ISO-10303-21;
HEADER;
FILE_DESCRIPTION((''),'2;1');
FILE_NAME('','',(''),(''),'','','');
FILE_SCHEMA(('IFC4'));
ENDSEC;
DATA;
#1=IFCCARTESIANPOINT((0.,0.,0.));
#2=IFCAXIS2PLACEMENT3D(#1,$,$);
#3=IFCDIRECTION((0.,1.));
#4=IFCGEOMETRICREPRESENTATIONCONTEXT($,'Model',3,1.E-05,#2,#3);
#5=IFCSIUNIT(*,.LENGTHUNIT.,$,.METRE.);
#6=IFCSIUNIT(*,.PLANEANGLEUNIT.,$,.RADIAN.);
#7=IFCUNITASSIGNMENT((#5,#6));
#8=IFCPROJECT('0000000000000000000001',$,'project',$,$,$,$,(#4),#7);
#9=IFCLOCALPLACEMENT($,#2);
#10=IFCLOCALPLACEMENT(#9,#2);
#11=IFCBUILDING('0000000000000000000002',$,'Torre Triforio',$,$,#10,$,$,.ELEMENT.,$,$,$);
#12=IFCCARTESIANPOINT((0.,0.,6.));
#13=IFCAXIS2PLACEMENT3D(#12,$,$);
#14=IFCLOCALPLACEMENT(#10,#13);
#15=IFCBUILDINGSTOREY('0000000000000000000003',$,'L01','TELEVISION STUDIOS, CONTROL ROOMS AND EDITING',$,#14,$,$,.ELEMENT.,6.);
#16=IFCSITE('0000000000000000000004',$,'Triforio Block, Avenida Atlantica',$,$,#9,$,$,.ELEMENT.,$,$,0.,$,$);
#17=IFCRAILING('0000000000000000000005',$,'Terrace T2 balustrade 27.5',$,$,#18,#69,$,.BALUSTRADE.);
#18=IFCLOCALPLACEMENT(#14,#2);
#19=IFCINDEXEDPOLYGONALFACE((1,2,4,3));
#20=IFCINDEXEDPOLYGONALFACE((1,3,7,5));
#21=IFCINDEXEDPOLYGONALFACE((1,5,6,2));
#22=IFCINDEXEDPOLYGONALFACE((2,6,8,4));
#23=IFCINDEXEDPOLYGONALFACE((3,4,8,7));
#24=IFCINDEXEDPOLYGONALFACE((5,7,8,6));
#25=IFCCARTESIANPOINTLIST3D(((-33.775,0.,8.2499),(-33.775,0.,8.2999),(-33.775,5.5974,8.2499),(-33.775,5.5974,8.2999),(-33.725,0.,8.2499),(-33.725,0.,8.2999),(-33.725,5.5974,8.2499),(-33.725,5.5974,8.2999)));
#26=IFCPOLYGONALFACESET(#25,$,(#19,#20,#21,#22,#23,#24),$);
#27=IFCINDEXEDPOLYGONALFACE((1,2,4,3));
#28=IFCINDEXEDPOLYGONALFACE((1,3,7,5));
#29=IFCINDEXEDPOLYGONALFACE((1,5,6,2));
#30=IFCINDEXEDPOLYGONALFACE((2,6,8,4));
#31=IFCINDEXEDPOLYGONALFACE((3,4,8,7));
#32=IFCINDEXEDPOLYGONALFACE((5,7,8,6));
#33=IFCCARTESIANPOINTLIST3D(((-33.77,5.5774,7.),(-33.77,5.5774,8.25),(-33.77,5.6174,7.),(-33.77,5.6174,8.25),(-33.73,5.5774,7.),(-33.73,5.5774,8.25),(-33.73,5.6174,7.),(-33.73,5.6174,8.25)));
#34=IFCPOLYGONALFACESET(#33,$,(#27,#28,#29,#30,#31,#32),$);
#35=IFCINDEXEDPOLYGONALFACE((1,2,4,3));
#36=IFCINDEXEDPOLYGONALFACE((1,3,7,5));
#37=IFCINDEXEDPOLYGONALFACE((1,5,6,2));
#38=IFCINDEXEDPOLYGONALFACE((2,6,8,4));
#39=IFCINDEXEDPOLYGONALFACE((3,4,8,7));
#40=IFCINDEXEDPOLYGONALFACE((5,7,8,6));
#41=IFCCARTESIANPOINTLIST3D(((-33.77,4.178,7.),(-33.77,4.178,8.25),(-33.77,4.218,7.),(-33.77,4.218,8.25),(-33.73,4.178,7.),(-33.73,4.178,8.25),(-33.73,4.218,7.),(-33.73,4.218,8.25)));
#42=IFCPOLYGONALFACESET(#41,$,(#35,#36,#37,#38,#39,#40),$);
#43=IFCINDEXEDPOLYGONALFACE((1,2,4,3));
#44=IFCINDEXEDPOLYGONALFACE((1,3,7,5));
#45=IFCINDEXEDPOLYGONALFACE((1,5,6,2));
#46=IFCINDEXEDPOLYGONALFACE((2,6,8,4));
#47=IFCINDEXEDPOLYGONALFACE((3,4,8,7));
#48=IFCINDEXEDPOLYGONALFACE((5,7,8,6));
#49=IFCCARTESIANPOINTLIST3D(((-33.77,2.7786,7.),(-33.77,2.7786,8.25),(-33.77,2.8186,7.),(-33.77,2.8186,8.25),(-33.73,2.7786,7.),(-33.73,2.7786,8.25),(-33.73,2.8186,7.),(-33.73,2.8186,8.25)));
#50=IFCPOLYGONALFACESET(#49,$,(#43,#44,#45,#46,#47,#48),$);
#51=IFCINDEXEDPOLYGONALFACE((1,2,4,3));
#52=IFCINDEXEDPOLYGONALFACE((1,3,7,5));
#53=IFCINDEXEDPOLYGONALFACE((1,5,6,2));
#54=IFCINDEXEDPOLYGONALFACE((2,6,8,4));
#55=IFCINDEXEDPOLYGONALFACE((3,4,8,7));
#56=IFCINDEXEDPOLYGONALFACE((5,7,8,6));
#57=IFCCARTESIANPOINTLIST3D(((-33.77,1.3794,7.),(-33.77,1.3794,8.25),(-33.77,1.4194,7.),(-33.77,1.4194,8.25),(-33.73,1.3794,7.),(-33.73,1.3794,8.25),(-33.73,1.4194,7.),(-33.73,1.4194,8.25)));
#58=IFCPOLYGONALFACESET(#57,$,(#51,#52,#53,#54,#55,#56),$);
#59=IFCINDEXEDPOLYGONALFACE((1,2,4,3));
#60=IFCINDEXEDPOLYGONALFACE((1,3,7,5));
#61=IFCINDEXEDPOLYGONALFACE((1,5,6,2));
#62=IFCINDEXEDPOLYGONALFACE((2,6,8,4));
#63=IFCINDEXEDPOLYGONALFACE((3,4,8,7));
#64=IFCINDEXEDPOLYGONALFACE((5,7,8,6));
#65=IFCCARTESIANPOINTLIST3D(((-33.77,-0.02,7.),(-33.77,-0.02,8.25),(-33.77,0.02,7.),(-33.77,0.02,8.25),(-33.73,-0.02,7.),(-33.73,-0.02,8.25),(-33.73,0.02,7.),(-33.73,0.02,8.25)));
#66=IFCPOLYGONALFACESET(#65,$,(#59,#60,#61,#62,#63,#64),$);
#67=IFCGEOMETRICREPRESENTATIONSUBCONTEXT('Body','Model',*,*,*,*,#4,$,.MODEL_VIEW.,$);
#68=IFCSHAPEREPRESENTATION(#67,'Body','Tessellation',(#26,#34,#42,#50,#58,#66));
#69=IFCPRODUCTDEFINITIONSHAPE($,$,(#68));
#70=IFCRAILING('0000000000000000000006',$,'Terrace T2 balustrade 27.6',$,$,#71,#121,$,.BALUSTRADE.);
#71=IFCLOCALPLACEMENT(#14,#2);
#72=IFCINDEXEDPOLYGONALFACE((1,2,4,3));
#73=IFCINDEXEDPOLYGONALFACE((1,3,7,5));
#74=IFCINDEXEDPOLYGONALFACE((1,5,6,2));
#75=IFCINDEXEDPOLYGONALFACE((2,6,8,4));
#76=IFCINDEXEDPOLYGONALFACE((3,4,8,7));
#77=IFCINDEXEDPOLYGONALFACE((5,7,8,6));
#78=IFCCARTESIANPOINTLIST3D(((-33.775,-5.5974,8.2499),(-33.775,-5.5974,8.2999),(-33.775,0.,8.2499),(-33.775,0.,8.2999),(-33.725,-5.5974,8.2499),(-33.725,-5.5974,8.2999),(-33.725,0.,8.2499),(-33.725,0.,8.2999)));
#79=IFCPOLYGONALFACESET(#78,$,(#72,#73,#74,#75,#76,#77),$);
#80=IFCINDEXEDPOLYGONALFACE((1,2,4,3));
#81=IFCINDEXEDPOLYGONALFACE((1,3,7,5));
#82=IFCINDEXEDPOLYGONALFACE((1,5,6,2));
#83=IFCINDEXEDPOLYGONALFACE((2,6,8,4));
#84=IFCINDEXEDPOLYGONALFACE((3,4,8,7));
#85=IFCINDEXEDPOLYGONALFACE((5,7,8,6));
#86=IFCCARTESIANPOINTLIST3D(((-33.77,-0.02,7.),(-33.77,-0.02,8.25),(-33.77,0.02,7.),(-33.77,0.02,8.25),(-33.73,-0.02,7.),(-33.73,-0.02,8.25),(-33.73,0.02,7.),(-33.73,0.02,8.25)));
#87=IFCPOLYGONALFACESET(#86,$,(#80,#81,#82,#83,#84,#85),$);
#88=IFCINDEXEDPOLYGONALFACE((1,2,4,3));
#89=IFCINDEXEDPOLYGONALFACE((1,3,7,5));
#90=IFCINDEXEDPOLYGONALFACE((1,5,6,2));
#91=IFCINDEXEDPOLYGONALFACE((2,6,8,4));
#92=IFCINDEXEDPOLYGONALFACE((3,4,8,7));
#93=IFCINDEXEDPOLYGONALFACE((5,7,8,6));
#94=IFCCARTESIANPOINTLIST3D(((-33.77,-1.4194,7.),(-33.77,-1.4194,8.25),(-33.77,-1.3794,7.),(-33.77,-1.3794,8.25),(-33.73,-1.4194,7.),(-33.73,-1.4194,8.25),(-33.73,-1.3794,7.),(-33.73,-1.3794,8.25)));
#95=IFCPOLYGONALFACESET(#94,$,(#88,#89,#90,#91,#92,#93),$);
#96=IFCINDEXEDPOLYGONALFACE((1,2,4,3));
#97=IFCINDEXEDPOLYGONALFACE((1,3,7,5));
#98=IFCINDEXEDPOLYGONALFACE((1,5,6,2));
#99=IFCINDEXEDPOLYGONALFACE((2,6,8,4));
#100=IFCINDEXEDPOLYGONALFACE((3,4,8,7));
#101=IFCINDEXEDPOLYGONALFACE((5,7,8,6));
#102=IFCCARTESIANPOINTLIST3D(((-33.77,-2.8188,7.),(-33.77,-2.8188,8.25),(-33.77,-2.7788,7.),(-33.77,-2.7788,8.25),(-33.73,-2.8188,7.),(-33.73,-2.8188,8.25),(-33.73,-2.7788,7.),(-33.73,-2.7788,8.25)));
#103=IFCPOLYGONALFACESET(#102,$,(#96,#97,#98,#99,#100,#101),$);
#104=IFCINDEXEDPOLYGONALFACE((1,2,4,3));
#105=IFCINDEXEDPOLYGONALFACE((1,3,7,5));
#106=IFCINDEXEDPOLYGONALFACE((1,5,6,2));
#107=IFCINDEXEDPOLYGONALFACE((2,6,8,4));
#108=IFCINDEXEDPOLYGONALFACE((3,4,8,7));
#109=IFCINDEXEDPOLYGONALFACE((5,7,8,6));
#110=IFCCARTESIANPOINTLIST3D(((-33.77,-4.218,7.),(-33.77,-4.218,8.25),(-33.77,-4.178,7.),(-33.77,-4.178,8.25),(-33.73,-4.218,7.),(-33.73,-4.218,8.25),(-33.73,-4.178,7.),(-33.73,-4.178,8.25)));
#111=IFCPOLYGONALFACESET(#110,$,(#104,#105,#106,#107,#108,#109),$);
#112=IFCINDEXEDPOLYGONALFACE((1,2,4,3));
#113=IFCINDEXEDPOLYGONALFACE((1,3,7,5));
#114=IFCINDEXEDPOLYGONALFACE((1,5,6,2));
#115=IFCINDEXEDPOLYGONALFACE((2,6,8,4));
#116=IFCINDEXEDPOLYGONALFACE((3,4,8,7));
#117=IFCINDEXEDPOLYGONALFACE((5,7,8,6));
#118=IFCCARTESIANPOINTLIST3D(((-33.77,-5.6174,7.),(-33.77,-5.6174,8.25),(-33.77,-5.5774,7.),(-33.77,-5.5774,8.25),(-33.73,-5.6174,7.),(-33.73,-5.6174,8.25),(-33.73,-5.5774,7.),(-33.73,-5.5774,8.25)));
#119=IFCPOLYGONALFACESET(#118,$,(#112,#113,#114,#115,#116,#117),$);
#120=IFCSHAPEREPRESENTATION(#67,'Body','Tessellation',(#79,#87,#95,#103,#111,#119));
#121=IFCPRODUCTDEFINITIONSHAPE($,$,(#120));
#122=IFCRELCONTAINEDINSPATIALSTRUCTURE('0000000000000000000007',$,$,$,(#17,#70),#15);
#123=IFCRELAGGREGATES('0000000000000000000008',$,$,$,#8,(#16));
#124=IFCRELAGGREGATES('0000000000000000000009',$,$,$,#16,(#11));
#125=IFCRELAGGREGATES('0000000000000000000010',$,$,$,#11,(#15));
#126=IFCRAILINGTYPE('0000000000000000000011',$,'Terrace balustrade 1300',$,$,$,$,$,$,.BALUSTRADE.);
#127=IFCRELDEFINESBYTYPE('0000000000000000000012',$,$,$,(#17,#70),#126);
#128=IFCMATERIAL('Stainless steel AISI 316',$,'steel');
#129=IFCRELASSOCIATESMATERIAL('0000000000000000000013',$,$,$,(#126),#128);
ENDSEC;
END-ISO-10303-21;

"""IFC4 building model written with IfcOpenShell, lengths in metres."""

from ifc_helpers import new_model, si_unit, direction, frame, origin, origin_2d, place, context, subcontext, project, spatial, rectangle, extrude, material, type_object, element, save


model = new_model("IFC4")

# Units and contexts
model_context = context("Model", 3, precision=1e-05, world=origin(), true_north=direction((0.0, 1.0)))
body_context = subcontext(model_context, "Body", "Model", "MODEL_VIEW")
ifc_project = project(units=[si_unit("LENGTHUNIT", "METRE"), si_unit("PLANEANGLEUNIT", "RADIAN")], contexts=[model_context])

# Site, building, storey
site_placement = place(None, origin())
site = spatial("IfcSite", under=ifc_project, at=site_placement, Name="Triforio Block, Avenida Atlantica", CompositionType="ELEMENT", RefElevation=0.0)
building_placement = place(site_placement, origin())
building = spatial("IfcBuilding", under=site, at=building_placement, Name="Torre Triforio", CompositionType="ELEMENT")
storey_placement = place(building_placement, frame((0.0, 0.0, 6.0)))
storey = spatial("IfcBuildingStorey", under=building, at=storey_placement, Name="L01", Description="TELEVISION STUDIOS, CONTROL ROOMS AND EDITING", CompositionType="ELEMENT", Elevation=6.0)

# Railings
ifc_material_1 = material(Name="Stainless steel AISI 316", Category="steel")
railing_type = type_object("IfcRailingType", Name="Terrace balustrade 1300", PredefinedType="BALUSTRADE", material=ifc_material_1)
for number, where, name in (
    (1, (-33.75, 5.5974, 7.0), "Terrace T2 balustrade 27.5"),
    (2, (-33.75, 0.0, 7.0), "Terrace T2 balustrade 27.6"),
):
    element("IfcRailing", number, at=place(storey_placement, frame(where)), inside=storey, type_object=railing_type, Name=name, PredefinedType="BALUSTRADE", context=body_context, shape_type="SweptSolid", body=[
        extrude(rectangle(XDim=0.05, YDim=0.05, at=origin_2d()), frame((0.0, 0.0, 1.2749), z_axis=(0.0, -1.0, 0.0), x_axis=(1.0, 0.0, 0.0)), (0.0, 0.0, 1.0), 5.5974),
        extrude(rectangle(XDim=0.04, YDim=0.04, at=origin_2d()), origin(), (0.0, 0.0, 1.0), 1.25),
        extrude(rectangle(XDim=0.04, YDim=0.04, at=origin_2d()), frame((0.0, -1.3994, 0.0)), (0.0, 0.0, 1.0), 1.25),
        extrude(rectangle(XDim=0.04, YDim=0.04, at=origin_2d()), frame((0.0, -2.7988, 0.0)), (0.0, 0.0, 1.0), 1.25),
        extrude(rectangle(XDim=0.04, YDim=0.04, at=origin_2d()), frame((0.0, -4.198, 0.0)), (0.0, 0.0, 1.0), 1.25),
        extrude(rectangle(XDim=0.04, YDim=0.04, at=origin_2d()), frame((0.0, -5.5974, 0.0)), (0.0, 0.0, 1.0), 1.25),
    ])

save(model, "model.ifc")
